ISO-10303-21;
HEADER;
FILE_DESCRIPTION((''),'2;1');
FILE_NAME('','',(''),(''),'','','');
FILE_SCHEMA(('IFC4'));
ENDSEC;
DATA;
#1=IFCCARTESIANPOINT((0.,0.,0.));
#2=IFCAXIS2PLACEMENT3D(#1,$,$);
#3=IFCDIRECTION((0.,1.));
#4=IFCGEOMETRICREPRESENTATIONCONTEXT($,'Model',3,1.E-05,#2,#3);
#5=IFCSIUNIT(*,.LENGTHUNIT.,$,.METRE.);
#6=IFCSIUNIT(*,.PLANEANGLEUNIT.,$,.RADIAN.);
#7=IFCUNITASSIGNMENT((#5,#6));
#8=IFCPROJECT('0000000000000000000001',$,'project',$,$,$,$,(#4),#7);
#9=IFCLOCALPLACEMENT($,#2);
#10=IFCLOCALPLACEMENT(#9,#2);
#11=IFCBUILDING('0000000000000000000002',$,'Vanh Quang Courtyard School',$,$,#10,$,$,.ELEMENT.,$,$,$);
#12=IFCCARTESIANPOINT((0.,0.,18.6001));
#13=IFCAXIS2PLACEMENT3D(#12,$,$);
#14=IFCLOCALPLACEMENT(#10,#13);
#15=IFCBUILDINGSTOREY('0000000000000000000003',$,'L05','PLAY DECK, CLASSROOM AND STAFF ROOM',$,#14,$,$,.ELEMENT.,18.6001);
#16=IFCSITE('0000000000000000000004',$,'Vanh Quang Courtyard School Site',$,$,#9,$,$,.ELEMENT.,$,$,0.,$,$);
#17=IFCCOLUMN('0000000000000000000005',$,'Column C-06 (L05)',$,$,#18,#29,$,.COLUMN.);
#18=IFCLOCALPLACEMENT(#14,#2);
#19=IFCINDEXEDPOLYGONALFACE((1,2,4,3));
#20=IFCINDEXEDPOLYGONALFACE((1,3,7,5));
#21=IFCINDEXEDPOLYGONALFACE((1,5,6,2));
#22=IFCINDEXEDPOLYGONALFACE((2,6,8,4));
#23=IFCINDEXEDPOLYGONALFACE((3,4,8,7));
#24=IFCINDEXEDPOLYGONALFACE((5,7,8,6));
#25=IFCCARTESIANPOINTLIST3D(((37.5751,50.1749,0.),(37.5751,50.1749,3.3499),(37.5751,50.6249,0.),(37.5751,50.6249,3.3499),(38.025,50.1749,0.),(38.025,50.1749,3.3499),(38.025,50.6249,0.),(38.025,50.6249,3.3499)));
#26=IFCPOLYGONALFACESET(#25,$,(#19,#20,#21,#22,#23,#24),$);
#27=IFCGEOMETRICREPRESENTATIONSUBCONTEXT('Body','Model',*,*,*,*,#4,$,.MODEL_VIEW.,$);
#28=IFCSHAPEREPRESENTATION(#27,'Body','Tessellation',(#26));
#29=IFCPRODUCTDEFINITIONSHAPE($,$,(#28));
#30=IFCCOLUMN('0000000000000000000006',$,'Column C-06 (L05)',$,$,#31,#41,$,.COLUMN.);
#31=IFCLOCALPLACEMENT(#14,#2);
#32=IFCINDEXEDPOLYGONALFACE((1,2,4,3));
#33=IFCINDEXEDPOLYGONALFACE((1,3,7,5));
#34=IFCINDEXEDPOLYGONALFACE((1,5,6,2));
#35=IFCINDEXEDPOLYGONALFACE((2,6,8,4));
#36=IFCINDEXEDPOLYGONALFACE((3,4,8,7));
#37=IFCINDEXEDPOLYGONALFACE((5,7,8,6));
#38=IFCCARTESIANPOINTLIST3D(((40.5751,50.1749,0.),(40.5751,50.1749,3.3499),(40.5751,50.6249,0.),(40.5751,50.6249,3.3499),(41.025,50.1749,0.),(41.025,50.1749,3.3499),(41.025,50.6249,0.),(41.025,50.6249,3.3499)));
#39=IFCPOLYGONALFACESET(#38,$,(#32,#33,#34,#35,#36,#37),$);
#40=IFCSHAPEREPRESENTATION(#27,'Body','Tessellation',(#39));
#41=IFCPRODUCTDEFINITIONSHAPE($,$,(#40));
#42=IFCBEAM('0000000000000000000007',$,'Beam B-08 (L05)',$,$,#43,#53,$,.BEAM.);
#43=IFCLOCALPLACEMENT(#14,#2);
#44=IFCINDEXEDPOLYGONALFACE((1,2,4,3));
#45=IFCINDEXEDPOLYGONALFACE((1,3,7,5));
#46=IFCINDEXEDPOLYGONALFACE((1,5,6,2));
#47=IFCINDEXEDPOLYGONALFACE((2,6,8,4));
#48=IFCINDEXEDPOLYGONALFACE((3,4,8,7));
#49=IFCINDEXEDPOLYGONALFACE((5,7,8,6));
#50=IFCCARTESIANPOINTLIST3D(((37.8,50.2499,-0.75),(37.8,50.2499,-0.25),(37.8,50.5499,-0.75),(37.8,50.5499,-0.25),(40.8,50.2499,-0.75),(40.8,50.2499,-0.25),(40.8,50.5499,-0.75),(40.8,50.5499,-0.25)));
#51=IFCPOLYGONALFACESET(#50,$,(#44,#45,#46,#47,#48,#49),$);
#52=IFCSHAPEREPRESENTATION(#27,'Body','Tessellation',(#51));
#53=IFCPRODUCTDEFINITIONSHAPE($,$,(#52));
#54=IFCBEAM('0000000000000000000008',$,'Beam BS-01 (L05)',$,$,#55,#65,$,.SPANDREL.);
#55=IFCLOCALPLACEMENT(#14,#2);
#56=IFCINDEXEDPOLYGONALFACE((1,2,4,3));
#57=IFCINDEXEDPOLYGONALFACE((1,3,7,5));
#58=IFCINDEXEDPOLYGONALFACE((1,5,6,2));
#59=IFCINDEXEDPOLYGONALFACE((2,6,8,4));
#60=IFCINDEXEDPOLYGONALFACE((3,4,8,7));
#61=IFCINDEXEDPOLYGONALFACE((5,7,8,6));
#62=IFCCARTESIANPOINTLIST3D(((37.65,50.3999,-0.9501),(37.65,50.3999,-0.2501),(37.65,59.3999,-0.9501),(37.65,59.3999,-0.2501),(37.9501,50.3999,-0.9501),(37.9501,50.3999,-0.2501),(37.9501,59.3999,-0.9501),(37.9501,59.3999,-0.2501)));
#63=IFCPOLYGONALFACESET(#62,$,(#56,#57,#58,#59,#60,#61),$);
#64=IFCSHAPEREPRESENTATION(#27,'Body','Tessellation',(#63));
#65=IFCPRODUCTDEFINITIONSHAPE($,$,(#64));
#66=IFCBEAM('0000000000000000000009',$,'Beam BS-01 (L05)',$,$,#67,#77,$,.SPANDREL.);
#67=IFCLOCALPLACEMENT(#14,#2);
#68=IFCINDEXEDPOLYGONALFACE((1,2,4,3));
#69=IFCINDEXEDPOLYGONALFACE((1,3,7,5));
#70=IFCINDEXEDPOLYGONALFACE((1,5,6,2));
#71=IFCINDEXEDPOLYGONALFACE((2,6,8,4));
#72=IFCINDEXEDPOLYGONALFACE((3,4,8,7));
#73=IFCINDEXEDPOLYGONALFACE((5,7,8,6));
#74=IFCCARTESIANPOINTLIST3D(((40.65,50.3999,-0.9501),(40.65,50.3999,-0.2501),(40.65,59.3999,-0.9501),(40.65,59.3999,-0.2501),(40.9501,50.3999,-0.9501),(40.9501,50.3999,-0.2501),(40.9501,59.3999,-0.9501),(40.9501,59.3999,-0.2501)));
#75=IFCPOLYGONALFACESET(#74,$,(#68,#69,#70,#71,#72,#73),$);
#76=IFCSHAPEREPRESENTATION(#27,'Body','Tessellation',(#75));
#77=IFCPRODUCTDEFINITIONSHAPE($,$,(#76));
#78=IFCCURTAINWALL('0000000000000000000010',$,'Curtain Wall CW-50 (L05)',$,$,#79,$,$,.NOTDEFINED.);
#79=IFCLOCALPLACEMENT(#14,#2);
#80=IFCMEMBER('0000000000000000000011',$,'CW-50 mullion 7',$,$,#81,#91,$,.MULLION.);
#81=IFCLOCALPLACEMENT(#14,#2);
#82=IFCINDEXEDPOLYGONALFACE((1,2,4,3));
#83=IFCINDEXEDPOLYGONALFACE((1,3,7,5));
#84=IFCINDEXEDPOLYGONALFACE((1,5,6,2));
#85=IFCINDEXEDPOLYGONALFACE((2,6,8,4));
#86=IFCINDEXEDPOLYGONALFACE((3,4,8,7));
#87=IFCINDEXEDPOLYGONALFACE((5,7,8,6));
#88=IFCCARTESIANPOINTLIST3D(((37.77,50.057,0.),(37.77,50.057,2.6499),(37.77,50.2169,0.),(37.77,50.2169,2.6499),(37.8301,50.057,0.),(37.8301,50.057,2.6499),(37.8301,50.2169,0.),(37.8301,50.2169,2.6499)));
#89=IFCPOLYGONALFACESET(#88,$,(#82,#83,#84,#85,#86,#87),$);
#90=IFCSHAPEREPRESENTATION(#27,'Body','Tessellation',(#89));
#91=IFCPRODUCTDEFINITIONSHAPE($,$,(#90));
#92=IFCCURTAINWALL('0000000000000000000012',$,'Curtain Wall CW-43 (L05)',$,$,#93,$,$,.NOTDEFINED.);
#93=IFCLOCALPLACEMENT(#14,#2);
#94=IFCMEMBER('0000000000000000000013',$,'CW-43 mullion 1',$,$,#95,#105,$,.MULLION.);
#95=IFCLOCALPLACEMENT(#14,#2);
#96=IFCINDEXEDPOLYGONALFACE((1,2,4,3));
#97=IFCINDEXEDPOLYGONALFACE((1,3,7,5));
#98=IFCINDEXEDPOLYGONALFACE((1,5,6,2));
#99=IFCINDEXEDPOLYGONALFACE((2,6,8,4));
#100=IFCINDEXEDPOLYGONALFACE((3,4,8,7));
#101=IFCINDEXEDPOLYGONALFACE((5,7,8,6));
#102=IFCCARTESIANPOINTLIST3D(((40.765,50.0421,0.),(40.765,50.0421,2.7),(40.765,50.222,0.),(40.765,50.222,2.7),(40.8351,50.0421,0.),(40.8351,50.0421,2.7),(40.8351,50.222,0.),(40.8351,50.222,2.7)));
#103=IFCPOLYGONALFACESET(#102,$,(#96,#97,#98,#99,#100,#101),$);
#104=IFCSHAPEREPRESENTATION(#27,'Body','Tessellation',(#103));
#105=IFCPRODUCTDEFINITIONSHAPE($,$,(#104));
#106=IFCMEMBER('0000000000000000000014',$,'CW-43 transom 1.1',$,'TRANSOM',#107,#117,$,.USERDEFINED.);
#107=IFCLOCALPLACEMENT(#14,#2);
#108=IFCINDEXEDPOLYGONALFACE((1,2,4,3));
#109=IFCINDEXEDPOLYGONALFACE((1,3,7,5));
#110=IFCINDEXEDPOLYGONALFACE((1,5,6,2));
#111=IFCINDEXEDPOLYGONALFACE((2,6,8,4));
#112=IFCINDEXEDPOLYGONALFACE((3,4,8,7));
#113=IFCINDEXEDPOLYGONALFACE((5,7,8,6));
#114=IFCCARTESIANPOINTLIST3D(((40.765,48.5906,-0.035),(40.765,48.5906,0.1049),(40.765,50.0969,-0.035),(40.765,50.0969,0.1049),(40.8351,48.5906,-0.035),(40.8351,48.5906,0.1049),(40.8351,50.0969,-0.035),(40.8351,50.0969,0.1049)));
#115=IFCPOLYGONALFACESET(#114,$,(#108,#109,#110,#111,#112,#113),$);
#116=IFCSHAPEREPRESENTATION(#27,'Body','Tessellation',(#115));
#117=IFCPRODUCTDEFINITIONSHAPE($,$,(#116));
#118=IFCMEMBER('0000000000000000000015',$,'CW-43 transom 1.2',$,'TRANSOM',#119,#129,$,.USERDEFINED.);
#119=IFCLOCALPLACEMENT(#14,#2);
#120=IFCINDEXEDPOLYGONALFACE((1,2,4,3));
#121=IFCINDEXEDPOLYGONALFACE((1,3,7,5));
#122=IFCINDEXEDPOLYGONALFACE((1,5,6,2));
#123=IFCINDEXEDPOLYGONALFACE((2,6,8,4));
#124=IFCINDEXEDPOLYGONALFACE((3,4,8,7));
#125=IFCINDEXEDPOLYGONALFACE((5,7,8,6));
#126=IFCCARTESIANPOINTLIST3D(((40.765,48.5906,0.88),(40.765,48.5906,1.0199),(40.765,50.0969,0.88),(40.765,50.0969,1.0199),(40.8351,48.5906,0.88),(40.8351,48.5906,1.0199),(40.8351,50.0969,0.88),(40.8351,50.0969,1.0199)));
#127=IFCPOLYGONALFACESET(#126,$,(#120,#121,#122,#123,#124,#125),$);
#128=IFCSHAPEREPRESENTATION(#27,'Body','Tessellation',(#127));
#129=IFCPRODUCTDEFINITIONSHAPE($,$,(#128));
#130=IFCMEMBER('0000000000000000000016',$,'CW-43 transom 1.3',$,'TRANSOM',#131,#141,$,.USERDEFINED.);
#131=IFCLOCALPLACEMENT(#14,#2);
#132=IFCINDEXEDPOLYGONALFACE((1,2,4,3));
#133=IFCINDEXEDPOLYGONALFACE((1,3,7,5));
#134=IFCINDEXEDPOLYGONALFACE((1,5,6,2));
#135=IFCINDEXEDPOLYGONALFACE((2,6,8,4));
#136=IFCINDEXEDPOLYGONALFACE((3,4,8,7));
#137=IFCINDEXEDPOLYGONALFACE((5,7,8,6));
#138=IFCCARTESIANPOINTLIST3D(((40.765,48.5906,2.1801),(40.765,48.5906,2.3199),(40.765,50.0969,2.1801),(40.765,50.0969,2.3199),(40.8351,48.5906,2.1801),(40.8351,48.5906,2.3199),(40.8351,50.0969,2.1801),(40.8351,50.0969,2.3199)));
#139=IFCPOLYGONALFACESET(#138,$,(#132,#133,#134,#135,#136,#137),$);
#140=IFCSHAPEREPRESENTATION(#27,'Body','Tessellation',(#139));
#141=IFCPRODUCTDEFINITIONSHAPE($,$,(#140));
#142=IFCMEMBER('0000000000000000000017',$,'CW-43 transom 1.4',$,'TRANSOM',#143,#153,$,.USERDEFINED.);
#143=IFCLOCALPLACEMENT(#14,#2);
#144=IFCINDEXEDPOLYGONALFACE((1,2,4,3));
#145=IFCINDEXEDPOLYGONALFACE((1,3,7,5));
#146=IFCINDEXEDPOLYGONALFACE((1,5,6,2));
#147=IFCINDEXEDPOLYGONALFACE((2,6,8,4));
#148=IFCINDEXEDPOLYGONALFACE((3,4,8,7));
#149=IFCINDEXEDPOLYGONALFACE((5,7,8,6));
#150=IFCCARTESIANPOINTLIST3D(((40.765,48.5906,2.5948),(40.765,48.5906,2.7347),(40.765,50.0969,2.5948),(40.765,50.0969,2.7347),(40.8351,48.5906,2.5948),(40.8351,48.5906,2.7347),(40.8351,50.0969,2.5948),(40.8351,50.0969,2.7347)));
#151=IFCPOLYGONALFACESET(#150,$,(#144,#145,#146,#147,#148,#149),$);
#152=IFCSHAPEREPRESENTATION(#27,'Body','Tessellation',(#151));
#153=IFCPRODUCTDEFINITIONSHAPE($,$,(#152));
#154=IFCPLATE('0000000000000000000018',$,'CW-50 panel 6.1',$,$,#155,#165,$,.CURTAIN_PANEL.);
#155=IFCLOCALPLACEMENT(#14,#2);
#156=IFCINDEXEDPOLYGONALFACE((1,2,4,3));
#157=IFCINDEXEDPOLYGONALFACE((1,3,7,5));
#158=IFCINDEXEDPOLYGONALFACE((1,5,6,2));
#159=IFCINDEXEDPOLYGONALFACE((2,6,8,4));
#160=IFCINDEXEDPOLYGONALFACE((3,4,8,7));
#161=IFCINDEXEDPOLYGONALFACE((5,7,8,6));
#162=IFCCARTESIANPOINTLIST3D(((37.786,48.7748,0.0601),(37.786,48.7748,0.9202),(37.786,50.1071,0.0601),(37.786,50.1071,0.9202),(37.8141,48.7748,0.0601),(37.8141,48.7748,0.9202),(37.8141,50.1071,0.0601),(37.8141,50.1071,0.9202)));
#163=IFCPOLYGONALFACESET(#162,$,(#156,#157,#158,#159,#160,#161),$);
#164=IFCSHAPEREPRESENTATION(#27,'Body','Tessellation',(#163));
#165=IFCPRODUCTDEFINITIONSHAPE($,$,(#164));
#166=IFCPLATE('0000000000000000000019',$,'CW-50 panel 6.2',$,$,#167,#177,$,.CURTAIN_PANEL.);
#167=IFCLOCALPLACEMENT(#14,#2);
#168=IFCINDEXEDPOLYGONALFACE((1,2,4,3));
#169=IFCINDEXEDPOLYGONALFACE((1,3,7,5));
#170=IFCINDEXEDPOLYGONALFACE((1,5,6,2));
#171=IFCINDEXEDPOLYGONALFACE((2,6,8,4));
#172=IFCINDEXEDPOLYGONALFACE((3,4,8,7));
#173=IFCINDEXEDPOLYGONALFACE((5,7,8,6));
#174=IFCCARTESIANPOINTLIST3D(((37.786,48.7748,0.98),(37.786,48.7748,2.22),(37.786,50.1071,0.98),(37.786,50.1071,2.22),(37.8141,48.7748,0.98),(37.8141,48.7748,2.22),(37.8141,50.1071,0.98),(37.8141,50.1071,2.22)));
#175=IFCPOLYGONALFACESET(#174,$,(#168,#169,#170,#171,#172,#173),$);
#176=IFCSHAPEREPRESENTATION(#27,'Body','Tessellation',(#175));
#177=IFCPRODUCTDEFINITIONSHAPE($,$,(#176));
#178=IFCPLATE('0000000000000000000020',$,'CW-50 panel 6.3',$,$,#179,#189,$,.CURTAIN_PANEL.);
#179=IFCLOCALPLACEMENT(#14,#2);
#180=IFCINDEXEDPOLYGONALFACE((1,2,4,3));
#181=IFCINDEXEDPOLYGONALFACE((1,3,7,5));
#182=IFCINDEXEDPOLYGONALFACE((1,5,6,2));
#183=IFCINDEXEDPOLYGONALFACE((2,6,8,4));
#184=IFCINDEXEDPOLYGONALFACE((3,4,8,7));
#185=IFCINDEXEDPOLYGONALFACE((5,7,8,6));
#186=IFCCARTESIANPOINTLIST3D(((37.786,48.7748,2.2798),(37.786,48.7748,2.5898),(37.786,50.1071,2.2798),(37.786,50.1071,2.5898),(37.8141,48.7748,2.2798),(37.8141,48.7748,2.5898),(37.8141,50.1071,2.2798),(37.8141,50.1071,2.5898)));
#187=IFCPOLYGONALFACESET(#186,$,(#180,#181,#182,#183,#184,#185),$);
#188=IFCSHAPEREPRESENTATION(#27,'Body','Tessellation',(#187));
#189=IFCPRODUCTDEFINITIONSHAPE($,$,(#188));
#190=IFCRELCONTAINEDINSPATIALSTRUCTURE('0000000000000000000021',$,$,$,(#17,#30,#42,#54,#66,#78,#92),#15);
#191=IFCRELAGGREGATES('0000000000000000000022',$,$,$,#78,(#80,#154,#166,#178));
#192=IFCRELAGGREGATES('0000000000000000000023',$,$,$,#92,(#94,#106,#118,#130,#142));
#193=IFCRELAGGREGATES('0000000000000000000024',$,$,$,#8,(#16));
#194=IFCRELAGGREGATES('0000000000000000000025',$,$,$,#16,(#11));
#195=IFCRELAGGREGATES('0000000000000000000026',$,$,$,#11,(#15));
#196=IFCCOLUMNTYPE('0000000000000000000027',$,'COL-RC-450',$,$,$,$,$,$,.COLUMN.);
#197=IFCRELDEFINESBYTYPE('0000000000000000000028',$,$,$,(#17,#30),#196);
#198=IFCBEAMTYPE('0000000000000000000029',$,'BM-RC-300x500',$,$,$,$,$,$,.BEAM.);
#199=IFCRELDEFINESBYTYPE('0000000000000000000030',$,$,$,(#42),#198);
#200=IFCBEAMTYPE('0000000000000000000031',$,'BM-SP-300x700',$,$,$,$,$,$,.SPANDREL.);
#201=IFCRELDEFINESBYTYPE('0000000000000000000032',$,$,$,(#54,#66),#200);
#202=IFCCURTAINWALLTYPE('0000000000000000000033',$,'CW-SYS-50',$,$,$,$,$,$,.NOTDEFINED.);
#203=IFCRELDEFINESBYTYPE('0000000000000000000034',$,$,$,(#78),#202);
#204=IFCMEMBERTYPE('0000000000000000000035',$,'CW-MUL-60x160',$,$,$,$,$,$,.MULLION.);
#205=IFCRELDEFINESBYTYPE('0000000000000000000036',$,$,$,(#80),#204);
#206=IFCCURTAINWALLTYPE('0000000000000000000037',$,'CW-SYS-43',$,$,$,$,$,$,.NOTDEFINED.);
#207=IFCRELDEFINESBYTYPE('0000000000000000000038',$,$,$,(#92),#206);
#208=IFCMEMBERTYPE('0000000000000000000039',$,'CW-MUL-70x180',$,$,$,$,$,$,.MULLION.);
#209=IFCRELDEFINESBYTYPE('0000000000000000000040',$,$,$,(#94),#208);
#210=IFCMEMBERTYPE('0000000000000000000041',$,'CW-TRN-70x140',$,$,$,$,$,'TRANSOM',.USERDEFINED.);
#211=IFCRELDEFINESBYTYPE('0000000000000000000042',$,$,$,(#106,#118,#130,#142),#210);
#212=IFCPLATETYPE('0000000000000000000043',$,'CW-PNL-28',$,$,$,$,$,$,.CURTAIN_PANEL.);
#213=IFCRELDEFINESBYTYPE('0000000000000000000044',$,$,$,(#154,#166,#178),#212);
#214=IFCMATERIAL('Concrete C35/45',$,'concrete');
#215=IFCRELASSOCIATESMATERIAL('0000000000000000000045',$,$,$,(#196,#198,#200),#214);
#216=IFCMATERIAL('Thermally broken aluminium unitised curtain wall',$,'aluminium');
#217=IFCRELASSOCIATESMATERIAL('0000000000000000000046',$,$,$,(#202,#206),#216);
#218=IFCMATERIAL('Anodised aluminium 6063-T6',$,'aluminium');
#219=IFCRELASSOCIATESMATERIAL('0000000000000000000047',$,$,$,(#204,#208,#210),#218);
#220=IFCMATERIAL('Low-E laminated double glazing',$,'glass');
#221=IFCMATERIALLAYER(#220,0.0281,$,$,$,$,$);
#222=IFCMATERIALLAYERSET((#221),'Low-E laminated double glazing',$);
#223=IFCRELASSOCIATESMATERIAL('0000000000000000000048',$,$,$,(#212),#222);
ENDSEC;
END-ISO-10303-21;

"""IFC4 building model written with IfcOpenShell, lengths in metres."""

from ifc_helpers import new_model, si_unit, direction, frame, origin, origin_2d, place, context, subcontext, project, spatial, rectangle, extrude, material, layer, layer_set, material_profile, profile_set, type_object, element, aggregate, save


model = new_model("IFC4")

# Units and contexts
model_context = context("Model", 3, precision=1e-05, world=origin(), true_north=direction((0.0, 1.0)))
body_context = subcontext(model_context, "Body", "Model", "MODEL_VIEW")
ifc_project = project(units=[si_unit("LENGTHUNIT", "METRE"), si_unit("PLANEANGLEUNIT", "RADIAN")], contexts=[model_context])

# Site, building, storey
site_placement = place(None, origin())
site = spatial("IfcSite", under=ifc_project, at=site_placement, Name="Vanh Quang Courtyard School Site", CompositionType="ELEMENT", RefElevation=0.0)
building_placement = place(site_placement, origin())
building = spatial("IfcBuilding", under=site, at=building_placement, Name="Vanh Quang Courtyard School", CompositionType="ELEMENT")
storey_placement = place(building_placement, frame((0.0, 0.0, 18.6001)))
storey = spatial("IfcBuildingStorey", under=building, at=storey_placement, Name="L05", Description="PLAY DECK, CLASSROOM AND STAFF ROOM", CompositionType="ELEMENT", Elevation=18.6001)

# Columns
ifc_material_1 = material(Name="Concrete C35/45", Category="concrete")
ifc_material_profile_1 = material_profile(ifc_material_1, rectangle(XDim=0.45, YDim=0.45, at=origin_2d()), Name="RC-COL 450x450")
ifc_profile_set_1 = profile_set([ifc_material_profile_1], Name="Concrete C35/45")
column_type = type_object("IfcColumnType", Name="COL-RC-450", PredefinedType="COLUMN", material=ifc_profile_set_1)
for number, where, z_axis, x_axis, name in (
    (1, (37.8, 50.3999, 0.0), (0.0, 0.0, 1.0), (1.0, 0.0, 0.0), "Column C-06 (L05)"),
    (2, (40.8, 50.3999, 0.0), (0.0, 0.0, 1.0), (1.0, 0.0, 0.0), "Column C-06 (L05)"),
):
    element("IfcColumn", number, at=place(storey_placement, frame(where, z_axis=z_axis, x_axis=x_axis)), inside=storey, type_object=column_type, Name=name, PredefinedType="COLUMN", context=body_context, shape_type="SweptSolid", body=[
        extrude(rectangle(XDim=0.45, YDim=0.45, at=origin_2d()), origin(), (0.0, 0.0, 1.0), 3.3499),
    ])

# Beams
ifc_material_profile_2 = material_profile(ifc_material_1, rectangle(XDim=0.3, YDim=0.5, at=origin_2d()), Name="RC-BM 300x500")
ifc_profile_set_2 = profile_set([ifc_material_profile_2], Name="Concrete C35/45")
beam_type_1 = type_object("IfcBeamType", Name="BM-RC-300x500", PredefinedType="BEAM", material=ifc_profile_set_2)
beam_placement = place(storey_placement, frame((37.8, 50.3999, -0.5), z_axis=(1.0, 0.0, 0.0), x_axis=(0.0, 1.0, 0.0)))
element("IfcBeam", 3, at=beam_placement, inside=storey, type_object=beam_type_1, Name="Beam B-08 (L05)", PredefinedType="BEAM", context=body_context, shape_type="SweptSolid", body=[
    extrude(rectangle(XDim=0.3, YDim=0.5, at=origin_2d()), origin(), (0.0, 0.0, 1.0), 3.0),
])
ifc_material_profile_3 = material_profile(ifc_material_1, rectangle(XDim=0.3, YDim=0.7, at=origin_2d()), Name="RC-SP 300x700")
ifc_profile_set_3 = profile_set([ifc_material_profile_3], Name="Concrete C35/45")
beam_type_2 = type_object("IfcBeamType", Name="BM-SP-300x700", PredefinedType="SPANDREL", material=ifc_profile_set_3)
for number, where, z_axis, x_axis, name in (
    (4, (37.8, 50.3999, -0.6001), (0.0, 1.0, 0.0), (-1.0, 0.0, 0.0), "Beam BS-01 (L05)"),
    (5, (40.8, 50.3999, -0.6001), (0.0, 1.0, 0.0), (-1.0, 0.0, 0.0), "Beam BS-01 (L05)"),
):
    element("IfcBeam", number, at=place(storey_placement, frame(where, z_axis=z_axis, x_axis=x_axis)), inside=storey, type_object=beam_type_2, Name=name, PredefinedType="SPANDREL", context=body_context, shape_type="SweptSolid", body=[
        extrude(rectangle(XDim=0.3, YDim=0.7, at=origin_2d()), origin(), (0.0, 0.0, 1.0), 9.0),
    ])

# Curtain wall, member
ifc_material_2 = material(Name="Thermally broken aluminium unitised curtain wall", Category="aluminium")
curtain_wall_type_1 = type_object("IfcCurtainWallType", Name="CW-SYS-50", PredefinedType="NOTDEFINED", material=ifc_material_2)
curtain_wall_1_placement = place(storey_placement, origin())
curtain_wall_1 = element("IfcCurtainWall", 6, at=curtain_wall_1_placement, inside=storey, type_object=curtain_wall_type_1, Name="Curtain Wall CW-50 (L05)", PredefinedType="NOTDEFINED")
ifc_material_3 = material(Name="Anodised aluminium 6063-T6", Category="aluminium")
ifc_material_profile_4 = material_profile(ifc_material_3, rectangle(XDim=0.0601, YDim=0.1599, at=origin_2d()), Name="ALU-MUL 60x160")
ifc_profile_set_4 = profile_set([ifc_material_profile_4], Name="Anodised aluminium 6063-T6")
member_type_1 = type_object("IfcMemberType", Name="CW-MUL-60x160", PredefinedType="MULLION", material=ifc_profile_set_4)
member_1_placement = place(storey_placement, frame((37.8, 50.137, 0.0), z_axis=(0.0, 0.0, 1.0), x_axis=(-1.0, 0.0, 0.0)))
member_1 = element("IfcMember", 7, at=member_1_placement, type_object=member_type_1, Name="CW-50 mullion 7", PredefinedType="MULLION", context=body_context, shape_type="SweptSolid", body=[
    extrude(rectangle(XDim=0.0601, YDim=0.1599, at=origin_2d()), origin(), (0.0, 0.0, 1.0), 2.6499),
])

# Curtain wall, members
curtain_wall_type_2 = type_object("IfcCurtainWallType", Name="CW-SYS-43", PredefinedType="NOTDEFINED", material=ifc_material_2)
curtain_wall_2_placement = place(storey_placement, origin())
curtain_wall_2 = element("IfcCurtainWall", 8, at=curtain_wall_2_placement, inside=storey, type_object=curtain_wall_type_2, Name="Curtain Wall CW-43 (L05)", PredefinedType="NOTDEFINED")
ifc_material_profile_5 = material_profile(ifc_material_3, rectangle(XDim=0.0701, YDim=0.1799, at=origin_2d()), Name="ALU-MUL 70x180")
ifc_profile_set_5 = profile_set([ifc_material_profile_5], Name="Anodised aluminium 6063-T6")
member_type_2 = type_object("IfcMemberType", Name="CW-MUL-70x180", PredefinedType="MULLION", material=ifc_profile_set_5)
member_2_placement = place(storey_placement, frame((40.8, 50.1321, 0.0), z_axis=(0.0, 0.0, 1.0), x_axis=(1.0, 0.0, 0.0)))
member_2 = element("IfcMember", 9, at=member_2_placement, type_object=member_type_2, Name="CW-43 mullion 1", PredefinedType="MULLION", context=body_context, shape_type="SweptSolid", body=[
    extrude(rectangle(XDim=0.0701, YDim=0.1799, at=origin_2d()), origin(), (0.0, 0.0, 1.0), 2.7),
])
ifc_material_profile_6 = material_profile(ifc_material_3, rectangle(XDim=0.0701, YDim=0.1399, at=origin_2d()), Name="ALU-TRN 70x140")
ifc_profile_set_6 = profile_set([ifc_material_profile_6], Name="Anodised aluminium 6063-T6")
member_type_3 = type_object("IfcMemberType", Name="CW-TRN-70x140", ElementType="TRANSOM", PredefinedType="USERDEFINED", material=ifc_profile_set_6)
member_3_placement = place(storey_placement, frame((40.8, 50.0969, 0.0349), z_axis=(0.0, -1.0, 0.0), x_axis=(1.0, 0.0, 0.0)))
member_3 = element("IfcMember", 10, at=member_3_placement, type_object=member_type_3, Name="CW-43 transom 1.1", ObjectType="TRANSOM", PredefinedType="USERDEFINED", context=body_context, shape_type="SweptSolid", body=[
    extrude(rectangle(XDim=0.0701, YDim=0.1399, at=origin_2d()), origin(), (0.0, 0.0, 1.0), 1.5063),
])
member_4_placement = place(storey_placement, frame((40.8, 50.0969, 0.95), z_axis=(0.0, -1.0, 0.0), x_axis=(1.0, 0.0, 0.0)))
member_4 = element("IfcMember", 11, at=member_4_placement, type_object=member_type_3, Name="CW-43 transom 1.2", ObjectType="TRANSOM", PredefinedType="USERDEFINED", context=body_context, shape_type="SweptSolid", body=[
    extrude(rectangle(XDim=0.0701, YDim=0.1399, at=origin_2d()), origin(), (0.0, 0.0, 1.0), 1.5063),
])
member_5_placement = place(storey_placement, frame((40.8, 50.0969, 2.25), z_axis=(0.0, -1.0, 0.0), x_axis=(1.0, 0.0, 0.0)))
member_5 = element("IfcMember", 12, at=member_5_placement, type_object=member_type_3, Name="CW-43 transom 1.3", ObjectType="TRANSOM", PredefinedType="USERDEFINED", context=body_context, shape_type="SweptSolid", body=[
    extrude(rectangle(XDim=0.0701, YDim=0.1399, at=origin_2d()), origin(), (0.0, 0.0, 1.0), 1.5063),
])
member_6_placement = place(storey_placement, frame((40.8, 50.0969, 2.6648), z_axis=(0.0, -1.0, 0.0), x_axis=(1.0, 0.0, 0.0)))
member_6 = element("IfcMember", 13, at=member_6_placement, type_object=member_type_3, Name="CW-43 transom 1.4", ObjectType="TRANSOM", PredefinedType="USERDEFINED", context=body_context, shape_type="SweptSolid", body=[
    extrude(rectangle(XDim=0.0701, YDim=0.1399, at=origin_2d()), origin(), (0.0, 0.0, 1.0), 1.5063),
])

# Plates
ifc_material_4 = material(Name="Low-E laminated double glazing", Category="glass")
ifc_layer_1 = layer(ifc_material_4, 0.0281)
ifc_layer_set_1 = layer_set([ifc_layer_1], Name="Low-E laminated double glazing")
plate_type_1 = type_object("IfcPlateType", Name="CW-PNL-28", PredefinedType="CURTAIN_PANEL", material=ifc_layer_set_1)
plate_1_placement = place(storey_placement, frame((37.8, 49.4409, 0.0601), z_axis=(0.0, 0.0, 1.0), x_axis=(0.0, 1.0, 0.0)))
plate_1 = element("IfcPlate", 14, at=plate_1_placement, type_object=plate_type_1, Name="CW-50 panel 6.1", PredefinedType="CURTAIN_PANEL", context=body_context, shape_type="SweptSolid", body=[
    extrude(rectangle(XDim=1.3323, YDim=0.0281, at=origin_2d()), origin(), (0.0, 0.0, 1.0), 0.8601),
])
plate_2_placement = place(storey_placement, frame((37.8, 49.4409, 0.98), z_axis=(0.0, 0.0, 1.0), x_axis=(0.0, 1.0, 0.0)))
plate_2 = element("IfcPlate", 15, at=plate_2_placement, type_object=plate_type_1, Name="CW-50 panel 6.2", PredefinedType="CURTAIN_PANEL", context=body_context, shape_type="SweptSolid", body=[
    extrude(rectangle(XDim=1.3323, YDim=0.0281, at=origin_2d()), origin(), (0.0, 0.0, 1.0), 1.24),
])
plate_3_placement = place(storey_placement, frame((37.8, 49.4409, 2.2798), z_axis=(0.0, 0.0, 1.0), x_axis=(0.0, 1.0, 0.0)))
plate_3 = element("IfcPlate", 16, at=plate_3_placement, type_object=plate_type_1, Name="CW-50 panel 6.3", PredefinedType="CURTAIN_PANEL", context=body_context, shape_type="SweptSolid", body=[
    extrude(rectangle(XDim=1.3323, YDim=0.0281, at=origin_2d()), origin(), (0.0, 0.0, 1.0), 0.3101),
])
aggregate(curtain_wall_1, [member_1, plate_1, plate_2, plate_3])
aggregate(curtain_wall_2, [member_2, member_3, member_4, member_5, member_6])

save(model, "model.ifc")
